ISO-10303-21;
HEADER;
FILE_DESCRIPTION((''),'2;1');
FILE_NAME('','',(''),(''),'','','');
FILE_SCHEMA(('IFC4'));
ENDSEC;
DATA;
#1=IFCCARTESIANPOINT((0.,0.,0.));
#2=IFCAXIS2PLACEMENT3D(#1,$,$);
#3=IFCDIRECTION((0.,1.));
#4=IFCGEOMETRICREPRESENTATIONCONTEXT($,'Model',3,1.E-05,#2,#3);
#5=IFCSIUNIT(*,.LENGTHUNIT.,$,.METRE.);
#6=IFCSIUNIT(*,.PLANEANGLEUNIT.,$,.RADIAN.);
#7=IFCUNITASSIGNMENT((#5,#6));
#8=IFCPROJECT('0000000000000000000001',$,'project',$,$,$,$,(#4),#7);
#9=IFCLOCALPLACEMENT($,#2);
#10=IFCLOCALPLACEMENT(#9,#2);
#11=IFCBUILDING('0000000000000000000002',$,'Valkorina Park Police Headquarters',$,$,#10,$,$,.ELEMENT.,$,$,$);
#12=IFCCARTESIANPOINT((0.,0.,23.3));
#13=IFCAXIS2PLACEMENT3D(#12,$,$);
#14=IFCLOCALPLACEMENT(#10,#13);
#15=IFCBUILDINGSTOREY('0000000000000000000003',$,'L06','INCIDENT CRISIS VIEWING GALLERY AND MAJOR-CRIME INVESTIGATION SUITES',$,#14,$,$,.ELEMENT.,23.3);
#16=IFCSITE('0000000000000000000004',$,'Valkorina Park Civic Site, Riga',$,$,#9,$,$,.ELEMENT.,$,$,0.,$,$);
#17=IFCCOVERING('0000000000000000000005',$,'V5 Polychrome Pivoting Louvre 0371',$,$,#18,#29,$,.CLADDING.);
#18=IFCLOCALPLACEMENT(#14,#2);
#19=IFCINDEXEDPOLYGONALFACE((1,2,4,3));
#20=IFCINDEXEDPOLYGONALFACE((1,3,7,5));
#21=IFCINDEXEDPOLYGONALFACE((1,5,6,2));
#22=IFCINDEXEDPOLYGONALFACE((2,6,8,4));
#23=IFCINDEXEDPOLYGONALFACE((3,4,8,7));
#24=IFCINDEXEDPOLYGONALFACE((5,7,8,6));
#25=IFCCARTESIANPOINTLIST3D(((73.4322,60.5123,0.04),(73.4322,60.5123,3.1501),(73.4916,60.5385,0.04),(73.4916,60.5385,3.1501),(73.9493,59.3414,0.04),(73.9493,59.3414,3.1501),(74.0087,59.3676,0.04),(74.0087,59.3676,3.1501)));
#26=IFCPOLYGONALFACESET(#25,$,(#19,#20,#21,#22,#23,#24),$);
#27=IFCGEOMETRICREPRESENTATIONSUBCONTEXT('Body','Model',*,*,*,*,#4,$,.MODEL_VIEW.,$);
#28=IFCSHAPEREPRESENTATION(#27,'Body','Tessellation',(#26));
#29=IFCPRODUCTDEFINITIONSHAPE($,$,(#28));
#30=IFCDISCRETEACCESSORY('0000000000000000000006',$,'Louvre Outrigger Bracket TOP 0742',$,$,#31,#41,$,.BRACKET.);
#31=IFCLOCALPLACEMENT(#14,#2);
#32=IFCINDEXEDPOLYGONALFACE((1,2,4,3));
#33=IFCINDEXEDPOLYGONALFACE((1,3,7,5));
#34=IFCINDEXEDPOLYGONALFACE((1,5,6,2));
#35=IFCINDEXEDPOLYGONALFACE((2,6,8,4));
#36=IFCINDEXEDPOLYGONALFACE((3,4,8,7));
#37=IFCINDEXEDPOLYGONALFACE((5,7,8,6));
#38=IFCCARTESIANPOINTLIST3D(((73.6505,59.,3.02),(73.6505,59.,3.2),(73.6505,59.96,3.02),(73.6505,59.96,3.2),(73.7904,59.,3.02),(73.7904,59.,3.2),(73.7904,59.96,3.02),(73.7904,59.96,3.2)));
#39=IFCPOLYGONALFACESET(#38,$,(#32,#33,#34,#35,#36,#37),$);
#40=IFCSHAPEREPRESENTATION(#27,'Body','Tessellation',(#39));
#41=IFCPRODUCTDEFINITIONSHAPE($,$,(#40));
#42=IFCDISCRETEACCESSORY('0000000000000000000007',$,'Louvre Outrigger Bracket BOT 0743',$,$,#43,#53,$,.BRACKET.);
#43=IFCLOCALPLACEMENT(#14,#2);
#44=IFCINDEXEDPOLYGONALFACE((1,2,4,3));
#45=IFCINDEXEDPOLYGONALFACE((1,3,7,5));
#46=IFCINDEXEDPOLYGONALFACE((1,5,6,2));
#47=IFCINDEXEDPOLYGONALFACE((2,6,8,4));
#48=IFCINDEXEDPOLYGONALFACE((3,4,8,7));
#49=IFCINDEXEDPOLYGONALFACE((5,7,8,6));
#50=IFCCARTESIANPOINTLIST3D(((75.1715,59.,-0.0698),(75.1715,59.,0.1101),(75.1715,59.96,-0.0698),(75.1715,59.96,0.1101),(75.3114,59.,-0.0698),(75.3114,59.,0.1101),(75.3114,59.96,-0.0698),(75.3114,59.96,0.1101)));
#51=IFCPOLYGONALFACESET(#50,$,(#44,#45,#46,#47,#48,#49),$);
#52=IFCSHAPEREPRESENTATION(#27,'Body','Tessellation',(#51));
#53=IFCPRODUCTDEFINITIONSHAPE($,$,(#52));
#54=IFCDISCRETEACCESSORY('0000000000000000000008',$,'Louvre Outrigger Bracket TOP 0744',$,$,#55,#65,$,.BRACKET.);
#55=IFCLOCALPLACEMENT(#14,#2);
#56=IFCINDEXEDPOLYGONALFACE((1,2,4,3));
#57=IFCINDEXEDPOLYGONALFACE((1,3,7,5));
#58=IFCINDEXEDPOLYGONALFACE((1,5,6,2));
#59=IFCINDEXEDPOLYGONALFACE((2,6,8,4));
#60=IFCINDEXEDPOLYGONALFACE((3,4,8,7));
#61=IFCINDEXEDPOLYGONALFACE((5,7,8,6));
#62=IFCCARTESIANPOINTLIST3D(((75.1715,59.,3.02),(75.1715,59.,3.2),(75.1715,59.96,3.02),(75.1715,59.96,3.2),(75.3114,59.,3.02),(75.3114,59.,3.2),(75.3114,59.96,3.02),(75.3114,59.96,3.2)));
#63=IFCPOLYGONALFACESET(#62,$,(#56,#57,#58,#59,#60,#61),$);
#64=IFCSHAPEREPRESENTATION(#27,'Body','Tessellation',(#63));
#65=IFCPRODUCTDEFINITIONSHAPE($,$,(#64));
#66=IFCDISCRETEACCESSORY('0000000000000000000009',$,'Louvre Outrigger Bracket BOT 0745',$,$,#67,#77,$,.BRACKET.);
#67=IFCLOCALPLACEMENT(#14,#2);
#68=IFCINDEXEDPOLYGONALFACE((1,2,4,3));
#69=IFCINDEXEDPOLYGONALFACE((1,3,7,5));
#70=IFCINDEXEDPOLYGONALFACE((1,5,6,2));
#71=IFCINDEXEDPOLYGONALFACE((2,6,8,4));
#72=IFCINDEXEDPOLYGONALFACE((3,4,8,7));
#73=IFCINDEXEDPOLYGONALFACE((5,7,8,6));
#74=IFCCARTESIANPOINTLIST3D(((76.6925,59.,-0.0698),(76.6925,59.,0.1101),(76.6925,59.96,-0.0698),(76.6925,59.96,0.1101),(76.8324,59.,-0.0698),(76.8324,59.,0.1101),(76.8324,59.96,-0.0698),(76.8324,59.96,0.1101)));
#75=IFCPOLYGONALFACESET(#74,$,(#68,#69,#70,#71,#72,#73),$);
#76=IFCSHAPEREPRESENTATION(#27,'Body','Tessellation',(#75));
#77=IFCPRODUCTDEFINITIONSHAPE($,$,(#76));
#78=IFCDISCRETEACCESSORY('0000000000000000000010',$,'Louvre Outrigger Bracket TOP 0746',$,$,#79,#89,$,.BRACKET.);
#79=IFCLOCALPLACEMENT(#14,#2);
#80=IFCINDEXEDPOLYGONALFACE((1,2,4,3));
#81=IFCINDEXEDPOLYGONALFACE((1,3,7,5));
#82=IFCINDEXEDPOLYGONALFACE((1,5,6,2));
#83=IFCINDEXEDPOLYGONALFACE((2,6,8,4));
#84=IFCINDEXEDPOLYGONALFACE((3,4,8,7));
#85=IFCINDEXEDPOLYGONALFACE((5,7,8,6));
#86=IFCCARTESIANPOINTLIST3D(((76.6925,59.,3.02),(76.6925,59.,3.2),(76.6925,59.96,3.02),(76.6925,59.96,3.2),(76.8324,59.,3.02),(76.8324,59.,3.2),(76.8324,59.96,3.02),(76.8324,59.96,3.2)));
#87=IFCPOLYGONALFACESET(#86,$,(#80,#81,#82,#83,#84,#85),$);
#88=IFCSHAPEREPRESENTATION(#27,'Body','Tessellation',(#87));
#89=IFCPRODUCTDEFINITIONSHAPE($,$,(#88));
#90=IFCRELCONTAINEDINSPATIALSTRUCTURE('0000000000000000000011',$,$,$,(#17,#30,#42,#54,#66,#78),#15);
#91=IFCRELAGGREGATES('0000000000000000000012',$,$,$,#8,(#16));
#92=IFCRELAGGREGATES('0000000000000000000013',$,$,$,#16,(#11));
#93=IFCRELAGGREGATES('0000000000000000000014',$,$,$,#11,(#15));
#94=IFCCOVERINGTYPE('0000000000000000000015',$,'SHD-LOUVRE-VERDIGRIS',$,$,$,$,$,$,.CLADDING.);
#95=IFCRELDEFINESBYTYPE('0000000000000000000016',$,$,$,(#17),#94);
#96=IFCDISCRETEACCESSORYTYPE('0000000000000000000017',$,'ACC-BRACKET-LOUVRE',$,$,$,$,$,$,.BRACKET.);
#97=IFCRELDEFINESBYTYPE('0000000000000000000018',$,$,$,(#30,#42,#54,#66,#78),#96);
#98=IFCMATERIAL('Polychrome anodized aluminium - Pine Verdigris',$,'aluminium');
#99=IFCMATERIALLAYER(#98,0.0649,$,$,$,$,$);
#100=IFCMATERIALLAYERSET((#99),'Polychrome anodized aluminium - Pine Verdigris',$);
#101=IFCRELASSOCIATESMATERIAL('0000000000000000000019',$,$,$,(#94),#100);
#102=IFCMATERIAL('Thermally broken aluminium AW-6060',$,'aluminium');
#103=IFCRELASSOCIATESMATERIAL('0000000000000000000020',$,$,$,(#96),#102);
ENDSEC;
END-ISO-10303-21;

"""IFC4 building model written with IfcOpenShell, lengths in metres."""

from ifc_helpers import new_model, si_unit, direction, frame, origin, origin_2d, place, context, subcontext, project, spatial, rectangle, extrude, material, layer, layer_set, type_object, element, save


model = new_model("IFC4")

# Units and contexts
model_context = context("Model", 3, precision=1e-05, world=origin(), true_north=direction((0.0, 1.0)))
body_context = subcontext(model_context, "Body", "Model", "MODEL_VIEW")
ifc_project = project(units=[si_unit("LENGTHUNIT", "METRE"), si_unit("PLANEANGLEUNIT", "RADIAN")], contexts=[model_context])

# Site, building, storey
site_placement = place(None, origin())
site = spatial("IfcSite", under=ifc_project, at=site_placement, Name="Valkorina Park Civic Site, Riga", CompositionType="ELEMENT", RefElevation=0.0)
building_placement = place(site_placement, origin())
building = spatial("IfcBuilding", under=site, at=building_placement, Name="Valkorina Park Police Headquarters", CompositionType="ELEMENT")
storey_placement = place(building_placement, frame((0.0, 0.0, 23.3)))
storey = spatial("IfcBuildingStorey", under=building, at=storey_placement, Name="L06", Description="INCIDENT CRISIS VIEWING GALLERY AND MAJOR-CRIME INVESTIGATION SUITES", CompositionType="ELEMENT", Elevation=23.3)

# Shared definitions
ifc_material_1 = material(Name="Thermally broken aluminium AW-6060", Category="aluminium")

# Covering
ifc_material_2 = material(Name="Polychrome anodized aluminium - Pine Verdigris", Category="aluminium")
ifc_layer_1 = layer(ifc_material_2, 0.0649)
ifc_layer_set_1 = layer_set([ifc_layer_1], Name="Polychrome anodized aluminium - Pine Verdigris")
covering_type_1 = type_object("IfcCoveringType", Name="SHD-LOUVRE-VERDIGRIS", PredefinedType="CLADDING", material=ifc_layer_set_1)
covering_1_placement = place(storey_placement, frame((73.7205, 59.9399, 0.04), z_axis=(0.0, 0.0, 1.0), x_axis=(-0.404024, 0.914748, 0.0)))
element("IfcCovering", 1, at=covering_1_placement, inside=storey, type_object=covering_type_1, Name="V5 Polychrome Pivoting Louvre 0371", PredefinedType="CLADDING", context=body_context, shape_type="SweptSolid", body=[
    extrude(rectangle(XDim=1.28, YDim=0.0649, at=origin_2d()), origin(), (0.0, 0.0, 1.0), 3.1101),
])

# Discrete accessories
discrete_accessory_type = type_object("IfcDiscreteAccessoryType", Name="ACC-BRACKET-LOUVRE", PredefinedType="BRACKET", material=ifc_material_1)
for number, where, z_axis, x_axis, name in (
    (2, (73.7205, 59.48, 3.02), (0.0, 0.0, 1.0), (0.0, 1.0, 0.0), "Louvre Outrigger Bracket TOP 0742"),
    (3, (75.2415, 59.48, -0.0698), (0.0, 0.0, 1.0), (0.0, 1.0, 0.0), "Louvre Outrigger Bracket BOT 0743"),
    (4, (75.2415, 59.48, 3.02), (0.0, 0.0, 1.0), (0.0, 1.0, 0.0), "Louvre Outrigger Bracket TOP 0744"),
    (5, (76.7625, 59.48, -0.0698), (0.0, 0.0, 1.0), (0.0, 1.0, 0.0), "Louvre Outrigger Bracket BOT 0745"),
    (6, (76.7625, 59.48, 3.02), (0.0, 0.0, 1.0), (0.0, 1.0, 0.0), "Louvre Outrigger Bracket TOP 0746"),
):
    element("IfcDiscreteAccessory", number, at=place(storey_placement, frame(where, z_axis=z_axis, x_axis=x_axis)), inside=storey, type_object=discrete_accessory_type, Name=name, PredefinedType="BRACKET", context=body_context, shape_type="SweptSolid", body=[
        extrude(rectangle(XDim=0.96, YDim=0.1399, at=origin_2d()), origin(), (0.0, 0.0, 1.0), 0.1799),
    ])

save(model, "model.ifc")
